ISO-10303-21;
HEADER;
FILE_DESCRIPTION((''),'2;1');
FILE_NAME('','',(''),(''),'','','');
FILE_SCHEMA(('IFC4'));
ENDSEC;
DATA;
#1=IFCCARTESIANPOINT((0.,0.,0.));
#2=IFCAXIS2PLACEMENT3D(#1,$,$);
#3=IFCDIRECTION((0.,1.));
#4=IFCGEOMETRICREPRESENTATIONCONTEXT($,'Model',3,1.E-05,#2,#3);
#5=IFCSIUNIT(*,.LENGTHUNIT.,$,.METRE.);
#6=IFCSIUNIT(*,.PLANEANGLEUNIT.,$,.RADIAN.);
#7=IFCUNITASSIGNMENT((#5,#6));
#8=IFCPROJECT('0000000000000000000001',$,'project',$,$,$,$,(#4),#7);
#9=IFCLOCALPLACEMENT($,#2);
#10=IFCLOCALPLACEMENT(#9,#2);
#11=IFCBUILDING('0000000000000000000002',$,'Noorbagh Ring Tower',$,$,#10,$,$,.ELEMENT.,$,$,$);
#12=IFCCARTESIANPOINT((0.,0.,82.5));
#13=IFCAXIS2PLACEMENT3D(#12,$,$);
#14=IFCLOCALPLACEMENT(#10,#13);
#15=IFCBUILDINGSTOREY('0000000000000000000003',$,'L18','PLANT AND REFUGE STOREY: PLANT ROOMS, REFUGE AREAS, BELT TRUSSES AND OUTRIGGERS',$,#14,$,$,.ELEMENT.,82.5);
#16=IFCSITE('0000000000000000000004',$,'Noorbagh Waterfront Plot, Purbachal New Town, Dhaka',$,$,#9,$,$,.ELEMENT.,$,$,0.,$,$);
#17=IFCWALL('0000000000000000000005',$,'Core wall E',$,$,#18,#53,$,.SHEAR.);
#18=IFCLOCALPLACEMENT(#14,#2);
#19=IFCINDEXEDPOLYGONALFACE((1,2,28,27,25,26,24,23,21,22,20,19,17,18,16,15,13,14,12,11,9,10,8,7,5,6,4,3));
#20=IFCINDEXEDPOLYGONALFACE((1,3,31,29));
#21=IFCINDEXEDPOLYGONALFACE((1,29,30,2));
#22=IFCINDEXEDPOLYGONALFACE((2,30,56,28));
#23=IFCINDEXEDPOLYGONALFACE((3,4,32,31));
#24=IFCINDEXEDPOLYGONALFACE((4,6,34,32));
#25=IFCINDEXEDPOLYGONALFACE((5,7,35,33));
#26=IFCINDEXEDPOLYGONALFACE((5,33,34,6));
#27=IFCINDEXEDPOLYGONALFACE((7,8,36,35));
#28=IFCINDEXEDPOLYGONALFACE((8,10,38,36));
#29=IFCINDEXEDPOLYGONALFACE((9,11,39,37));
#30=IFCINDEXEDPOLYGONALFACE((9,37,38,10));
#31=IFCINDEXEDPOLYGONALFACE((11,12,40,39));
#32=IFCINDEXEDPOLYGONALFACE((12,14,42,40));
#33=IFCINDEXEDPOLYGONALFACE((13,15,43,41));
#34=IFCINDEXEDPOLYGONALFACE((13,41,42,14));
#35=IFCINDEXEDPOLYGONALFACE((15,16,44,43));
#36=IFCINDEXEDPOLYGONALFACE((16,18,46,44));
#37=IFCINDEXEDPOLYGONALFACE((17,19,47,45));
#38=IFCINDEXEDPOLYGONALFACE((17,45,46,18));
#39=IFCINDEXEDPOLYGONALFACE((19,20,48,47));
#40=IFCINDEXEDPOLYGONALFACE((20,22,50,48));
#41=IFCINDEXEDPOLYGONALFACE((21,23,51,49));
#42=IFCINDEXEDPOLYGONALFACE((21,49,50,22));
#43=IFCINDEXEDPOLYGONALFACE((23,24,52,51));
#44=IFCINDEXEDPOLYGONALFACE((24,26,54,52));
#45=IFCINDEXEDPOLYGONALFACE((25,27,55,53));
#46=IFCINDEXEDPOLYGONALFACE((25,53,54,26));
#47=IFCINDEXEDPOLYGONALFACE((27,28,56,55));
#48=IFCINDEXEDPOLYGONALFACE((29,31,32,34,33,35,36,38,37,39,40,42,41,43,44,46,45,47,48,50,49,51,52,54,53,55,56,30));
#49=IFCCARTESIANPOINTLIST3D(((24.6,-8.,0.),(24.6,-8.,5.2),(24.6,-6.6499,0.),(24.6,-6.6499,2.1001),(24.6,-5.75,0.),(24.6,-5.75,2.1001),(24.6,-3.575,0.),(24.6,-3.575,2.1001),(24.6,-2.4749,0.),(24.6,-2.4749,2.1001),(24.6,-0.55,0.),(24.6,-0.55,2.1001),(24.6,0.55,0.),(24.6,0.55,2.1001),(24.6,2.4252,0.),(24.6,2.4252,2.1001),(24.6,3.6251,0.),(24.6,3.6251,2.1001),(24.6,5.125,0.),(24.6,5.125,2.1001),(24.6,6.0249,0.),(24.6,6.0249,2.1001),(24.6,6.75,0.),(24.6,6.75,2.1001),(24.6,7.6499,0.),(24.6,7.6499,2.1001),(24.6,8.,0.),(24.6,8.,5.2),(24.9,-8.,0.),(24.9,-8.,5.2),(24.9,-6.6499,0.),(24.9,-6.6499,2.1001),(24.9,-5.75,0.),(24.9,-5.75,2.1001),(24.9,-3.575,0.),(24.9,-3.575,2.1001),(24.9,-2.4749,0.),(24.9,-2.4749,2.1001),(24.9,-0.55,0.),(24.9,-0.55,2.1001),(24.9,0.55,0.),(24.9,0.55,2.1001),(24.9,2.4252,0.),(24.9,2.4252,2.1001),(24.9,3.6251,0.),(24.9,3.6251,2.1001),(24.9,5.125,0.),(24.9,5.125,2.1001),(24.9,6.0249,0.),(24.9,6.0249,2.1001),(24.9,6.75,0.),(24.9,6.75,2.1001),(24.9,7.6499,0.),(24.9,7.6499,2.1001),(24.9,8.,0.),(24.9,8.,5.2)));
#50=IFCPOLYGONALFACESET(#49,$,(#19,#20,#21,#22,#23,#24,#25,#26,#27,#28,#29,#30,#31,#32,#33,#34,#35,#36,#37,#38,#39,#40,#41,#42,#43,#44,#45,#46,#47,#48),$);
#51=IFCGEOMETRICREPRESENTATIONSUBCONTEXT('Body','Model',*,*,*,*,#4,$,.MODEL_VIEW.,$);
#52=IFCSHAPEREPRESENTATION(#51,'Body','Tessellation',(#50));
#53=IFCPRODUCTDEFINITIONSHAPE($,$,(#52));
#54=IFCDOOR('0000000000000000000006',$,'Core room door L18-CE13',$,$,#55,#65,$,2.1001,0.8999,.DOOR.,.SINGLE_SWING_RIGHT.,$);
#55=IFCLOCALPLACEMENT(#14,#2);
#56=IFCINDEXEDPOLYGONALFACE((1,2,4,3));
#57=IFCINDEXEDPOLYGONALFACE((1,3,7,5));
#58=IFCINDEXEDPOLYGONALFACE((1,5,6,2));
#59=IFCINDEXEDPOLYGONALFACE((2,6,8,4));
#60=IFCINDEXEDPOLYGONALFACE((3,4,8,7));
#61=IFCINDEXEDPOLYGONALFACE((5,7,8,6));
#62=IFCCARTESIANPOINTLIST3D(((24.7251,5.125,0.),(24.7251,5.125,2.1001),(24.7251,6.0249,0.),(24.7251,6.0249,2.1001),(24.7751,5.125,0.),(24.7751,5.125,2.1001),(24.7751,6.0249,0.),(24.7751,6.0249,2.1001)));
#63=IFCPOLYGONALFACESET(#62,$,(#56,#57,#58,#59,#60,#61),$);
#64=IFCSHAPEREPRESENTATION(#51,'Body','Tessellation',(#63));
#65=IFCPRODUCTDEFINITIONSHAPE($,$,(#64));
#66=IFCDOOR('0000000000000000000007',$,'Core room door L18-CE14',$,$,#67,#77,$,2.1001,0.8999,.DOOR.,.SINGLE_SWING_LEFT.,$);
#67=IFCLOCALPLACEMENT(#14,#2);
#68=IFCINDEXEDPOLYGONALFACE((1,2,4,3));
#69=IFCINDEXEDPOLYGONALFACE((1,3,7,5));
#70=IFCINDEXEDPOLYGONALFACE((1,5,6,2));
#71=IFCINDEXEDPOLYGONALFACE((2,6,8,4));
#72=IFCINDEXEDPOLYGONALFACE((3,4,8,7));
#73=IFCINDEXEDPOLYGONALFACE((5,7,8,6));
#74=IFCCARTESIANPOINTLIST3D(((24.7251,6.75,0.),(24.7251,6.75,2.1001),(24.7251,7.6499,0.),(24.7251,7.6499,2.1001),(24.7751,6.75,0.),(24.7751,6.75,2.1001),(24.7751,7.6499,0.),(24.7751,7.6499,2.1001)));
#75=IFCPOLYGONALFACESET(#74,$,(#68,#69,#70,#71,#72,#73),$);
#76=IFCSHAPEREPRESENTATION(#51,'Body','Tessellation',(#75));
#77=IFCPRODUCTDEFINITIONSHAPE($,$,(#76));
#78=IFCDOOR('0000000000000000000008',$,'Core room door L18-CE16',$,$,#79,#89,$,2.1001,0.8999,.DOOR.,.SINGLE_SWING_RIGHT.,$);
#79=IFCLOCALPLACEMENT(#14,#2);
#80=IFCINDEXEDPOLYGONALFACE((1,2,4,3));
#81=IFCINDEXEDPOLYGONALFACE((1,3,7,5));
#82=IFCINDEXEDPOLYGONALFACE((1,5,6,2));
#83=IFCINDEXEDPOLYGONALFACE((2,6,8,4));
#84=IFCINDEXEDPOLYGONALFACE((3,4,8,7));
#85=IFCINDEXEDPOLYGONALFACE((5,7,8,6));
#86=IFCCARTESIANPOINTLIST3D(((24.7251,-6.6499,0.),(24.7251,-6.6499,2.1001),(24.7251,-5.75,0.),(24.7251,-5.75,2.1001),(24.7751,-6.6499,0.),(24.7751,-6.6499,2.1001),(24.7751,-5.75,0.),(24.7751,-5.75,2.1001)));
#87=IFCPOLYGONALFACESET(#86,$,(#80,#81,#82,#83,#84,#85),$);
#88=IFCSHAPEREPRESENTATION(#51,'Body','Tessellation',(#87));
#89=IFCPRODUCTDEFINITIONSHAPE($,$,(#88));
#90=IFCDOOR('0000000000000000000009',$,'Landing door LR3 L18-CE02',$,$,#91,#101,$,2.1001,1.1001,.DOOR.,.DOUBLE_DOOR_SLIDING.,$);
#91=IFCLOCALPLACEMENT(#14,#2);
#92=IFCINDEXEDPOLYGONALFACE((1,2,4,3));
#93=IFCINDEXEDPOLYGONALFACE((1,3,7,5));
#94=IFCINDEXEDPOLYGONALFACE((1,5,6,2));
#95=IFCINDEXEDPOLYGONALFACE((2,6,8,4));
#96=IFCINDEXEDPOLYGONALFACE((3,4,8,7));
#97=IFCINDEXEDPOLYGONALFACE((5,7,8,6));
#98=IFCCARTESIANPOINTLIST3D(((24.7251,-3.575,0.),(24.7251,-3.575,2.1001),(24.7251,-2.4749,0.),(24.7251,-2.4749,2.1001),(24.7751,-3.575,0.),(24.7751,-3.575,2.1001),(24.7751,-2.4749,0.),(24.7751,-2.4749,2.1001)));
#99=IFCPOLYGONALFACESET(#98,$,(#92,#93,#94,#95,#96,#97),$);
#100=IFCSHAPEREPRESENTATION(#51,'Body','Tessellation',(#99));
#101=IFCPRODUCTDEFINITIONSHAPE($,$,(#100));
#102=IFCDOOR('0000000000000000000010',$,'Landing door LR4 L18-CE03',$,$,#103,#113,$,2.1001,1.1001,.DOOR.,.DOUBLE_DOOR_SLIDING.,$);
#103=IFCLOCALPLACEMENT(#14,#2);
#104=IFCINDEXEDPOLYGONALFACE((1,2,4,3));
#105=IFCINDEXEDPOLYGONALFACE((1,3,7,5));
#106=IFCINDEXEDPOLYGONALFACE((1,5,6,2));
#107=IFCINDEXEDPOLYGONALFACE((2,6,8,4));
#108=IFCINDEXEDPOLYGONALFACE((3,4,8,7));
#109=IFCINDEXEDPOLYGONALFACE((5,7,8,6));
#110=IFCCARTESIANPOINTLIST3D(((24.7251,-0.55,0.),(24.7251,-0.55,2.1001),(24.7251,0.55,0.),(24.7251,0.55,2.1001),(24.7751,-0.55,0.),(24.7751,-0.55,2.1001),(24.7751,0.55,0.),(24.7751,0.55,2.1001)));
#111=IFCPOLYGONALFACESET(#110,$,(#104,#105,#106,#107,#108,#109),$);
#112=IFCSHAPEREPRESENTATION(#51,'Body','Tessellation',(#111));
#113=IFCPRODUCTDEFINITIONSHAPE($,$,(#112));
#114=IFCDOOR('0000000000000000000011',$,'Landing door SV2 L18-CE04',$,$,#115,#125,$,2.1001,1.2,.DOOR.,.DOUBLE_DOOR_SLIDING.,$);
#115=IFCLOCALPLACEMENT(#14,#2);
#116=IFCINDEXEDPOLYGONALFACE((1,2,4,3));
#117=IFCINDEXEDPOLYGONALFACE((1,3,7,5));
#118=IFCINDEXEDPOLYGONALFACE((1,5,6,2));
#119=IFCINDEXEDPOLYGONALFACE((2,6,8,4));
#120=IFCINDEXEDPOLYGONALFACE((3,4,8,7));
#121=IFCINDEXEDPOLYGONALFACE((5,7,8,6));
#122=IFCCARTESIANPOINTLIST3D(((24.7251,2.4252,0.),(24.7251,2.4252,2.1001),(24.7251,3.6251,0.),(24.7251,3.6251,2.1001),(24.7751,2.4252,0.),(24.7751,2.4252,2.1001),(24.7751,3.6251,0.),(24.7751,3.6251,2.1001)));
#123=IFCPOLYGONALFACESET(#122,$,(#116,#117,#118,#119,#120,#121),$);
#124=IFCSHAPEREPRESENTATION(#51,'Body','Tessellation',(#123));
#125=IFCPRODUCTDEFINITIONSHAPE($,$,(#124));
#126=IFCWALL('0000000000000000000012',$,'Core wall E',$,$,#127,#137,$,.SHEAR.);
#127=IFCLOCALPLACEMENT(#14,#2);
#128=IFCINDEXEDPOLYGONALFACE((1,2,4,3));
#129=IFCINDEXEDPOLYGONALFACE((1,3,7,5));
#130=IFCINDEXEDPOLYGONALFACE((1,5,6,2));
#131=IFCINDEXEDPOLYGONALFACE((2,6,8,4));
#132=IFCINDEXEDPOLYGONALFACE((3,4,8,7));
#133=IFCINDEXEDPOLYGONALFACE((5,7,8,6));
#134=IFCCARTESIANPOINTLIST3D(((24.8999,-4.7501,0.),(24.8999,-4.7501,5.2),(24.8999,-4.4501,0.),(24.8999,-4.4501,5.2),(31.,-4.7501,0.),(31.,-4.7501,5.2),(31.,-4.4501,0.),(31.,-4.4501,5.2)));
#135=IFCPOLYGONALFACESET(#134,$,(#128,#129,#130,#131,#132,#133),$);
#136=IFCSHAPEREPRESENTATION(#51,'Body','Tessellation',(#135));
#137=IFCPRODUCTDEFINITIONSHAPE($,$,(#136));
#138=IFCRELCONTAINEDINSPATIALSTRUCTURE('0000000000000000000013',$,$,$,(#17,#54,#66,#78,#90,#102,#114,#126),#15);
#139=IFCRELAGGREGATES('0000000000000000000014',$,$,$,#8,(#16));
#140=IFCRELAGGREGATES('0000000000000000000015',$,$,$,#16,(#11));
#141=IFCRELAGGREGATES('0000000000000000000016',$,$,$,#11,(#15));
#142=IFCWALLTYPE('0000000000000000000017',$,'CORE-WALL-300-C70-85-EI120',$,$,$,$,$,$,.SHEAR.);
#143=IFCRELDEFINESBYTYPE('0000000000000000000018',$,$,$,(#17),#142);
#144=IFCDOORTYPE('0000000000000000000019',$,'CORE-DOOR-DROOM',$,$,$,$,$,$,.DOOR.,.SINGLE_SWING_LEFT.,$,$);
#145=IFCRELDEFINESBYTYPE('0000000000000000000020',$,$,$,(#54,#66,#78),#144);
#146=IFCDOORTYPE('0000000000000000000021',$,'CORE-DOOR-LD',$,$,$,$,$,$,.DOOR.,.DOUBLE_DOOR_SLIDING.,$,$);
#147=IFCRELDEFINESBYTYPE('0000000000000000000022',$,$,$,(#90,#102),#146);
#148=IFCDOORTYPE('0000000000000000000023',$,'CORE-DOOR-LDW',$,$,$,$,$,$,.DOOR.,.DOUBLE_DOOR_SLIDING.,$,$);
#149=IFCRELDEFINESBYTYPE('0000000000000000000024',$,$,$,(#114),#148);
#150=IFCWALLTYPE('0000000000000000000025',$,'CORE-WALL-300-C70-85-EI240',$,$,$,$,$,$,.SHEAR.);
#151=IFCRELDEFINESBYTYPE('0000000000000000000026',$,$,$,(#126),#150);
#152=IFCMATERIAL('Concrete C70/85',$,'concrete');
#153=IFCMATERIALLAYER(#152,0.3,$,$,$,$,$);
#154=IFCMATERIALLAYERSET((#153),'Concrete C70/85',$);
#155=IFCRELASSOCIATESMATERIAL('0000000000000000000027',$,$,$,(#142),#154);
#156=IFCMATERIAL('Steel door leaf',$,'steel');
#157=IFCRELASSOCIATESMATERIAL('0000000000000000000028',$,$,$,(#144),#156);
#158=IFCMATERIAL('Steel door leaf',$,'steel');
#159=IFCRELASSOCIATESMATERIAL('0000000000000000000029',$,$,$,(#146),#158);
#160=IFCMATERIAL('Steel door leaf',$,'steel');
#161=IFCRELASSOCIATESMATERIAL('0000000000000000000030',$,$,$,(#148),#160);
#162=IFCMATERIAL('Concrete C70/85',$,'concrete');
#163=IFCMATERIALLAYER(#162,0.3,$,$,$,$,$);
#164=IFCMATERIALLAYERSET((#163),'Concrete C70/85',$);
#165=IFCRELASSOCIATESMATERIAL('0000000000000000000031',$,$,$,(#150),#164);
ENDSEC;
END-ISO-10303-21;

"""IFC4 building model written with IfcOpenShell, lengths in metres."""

from ifc_helpers import new_model, si_unit, direction, frame, frame_2d, origin, place, context, subcontext, project, spatial, rectangle, extrude, material, layer, layer_set, type_object, element, fill, save


model = new_model("IFC4")

# Units and contexts
model_context = context("Model", 3, precision=1e-05, world=origin(), true_north=direction((0.0, 1.0)))
body_context = subcontext(model_context, "Body", "Model", "MODEL_VIEW")
ifc_project = project(units=[si_unit("LENGTHUNIT", "METRE"), si_unit("PLANEANGLEUNIT", "RADIAN")], contexts=[model_context])

# Site, building, storey
site_placement = place(None, origin())
site = spatial("IfcSite", under=ifc_project, at=site_placement, Name="Noorbagh Waterfront Plot, Purbachal New Town, Dhaka", CompositionType="ELEMENT", RefElevation=0.0)
building_placement = place(site_placement, origin())
building = spatial("IfcBuilding", under=site, at=building_placement, Name="Noorbagh Ring Tower", CompositionType="ELEMENT")
storey_placement = place(building_placement, frame((0.0, 0.0, 82.5)))
storey = spatial("IfcBuildingStorey", under=building, at=storey_placement, Name="L18", Description="PLANT AND REFUGE STOREY: PLANT ROOMS, REFUGE AREAS, BELT TRUSSES AND OUTRIGGERS", CompositionType="ELEMENT", Elevation=82.5)

# Shared definitions
ifc_material_1 = material(Name="Concrete C70/85", Category="concrete")
ifc_layer_1 = layer(ifc_material_1, 0.3)
ifc_layer_set_1 = layer_set([ifc_layer_1], Name="Concrete C70/85")
wall_type_1 = type_object("IfcWallType", Name="CORE-WALL-300-C70-85-EI120", PredefinedType="SHEAR", material=ifc_layer_set_1)

# Wall, openings, doors
wall_1_placement = place(storey_placement, frame((24.75, -8.0, 0.0), z_axis=(0.0, 0.0, 1.0), x_axis=(0.0, 1.0, 0.0)))
wall_1 = element("IfcWall", 1, at=wall_1_placement, inside=storey, type_object=wall_type_1, Name="Core wall E", PredefinedType="SHEAR", context=body_context, shape_type="SweptSolid", body=[
    extrude(rectangle(XDim=16.0, YDim=0.3, at=frame_2d((8.0, 0.0))), origin(), (0.0, 0.0, 1.0), 5.2),
])
opening_1_placement = place(wall_1_placement, frame((4.425, 0.0, 0.0)))
opening_1 = element("IfcOpeningElement", 2, at=opening_1_placement, cuts=wall_1, PredefinedType="OPENING", context=body_context, shape_type="SweptSolid", body=[
    extrude(rectangle(XDim=1.1001, YDim=2.1001, at=frame_2d((0.55, 1.05))), frame((0.0, 0.1602, 0.0), z_axis=(0.0, -1.0, 0.0), x_axis=(1.0, 0.0, 0.0)), (0.0, 0.0, 1.0), 0.3201),
])
opening_2_placement = place(wall_1_placement, frame((7.45, 0.0, 0.0)))
opening_2 = element("IfcOpeningElement", 3, at=opening_2_placement, cuts=wall_1, PredefinedType="OPENING", context=body_context, shape_type="SweptSolid", body=[
    extrude(rectangle(XDim=1.1001, YDim=2.1001, at=frame_2d((0.55, 1.05))), frame((0.0, 0.1602, 0.0), z_axis=(0.0, -1.0, 0.0), x_axis=(1.0, 0.0, 0.0)), (0.0, 0.0, 1.0), 0.3201),
])
opening_3_placement = place(wall_1_placement, frame((10.425, 0.0, 0.0)))
opening_3 = element("IfcOpeningElement", 4, at=opening_3_placement, cuts=wall_1, PredefinedType="OPENING", context=body_context, shape_type="SweptSolid", body=[
    extrude(rectangle(XDim=1.2, YDim=2.1001, at=frame_2d((0.6001, 1.05))), frame((0.0, 0.1602, 0.0), z_axis=(0.0, -1.0, 0.0), x_axis=(1.0, 0.0, 0.0)), (0.0, 0.0, 1.0), 0.3201),
])
opening_4_placement = place(wall_1_placement, frame((13.125, 0.0, 0.0)))
opening_4 = element("IfcOpeningElement", 5, at=opening_4_placement, cuts=wall_1, PredefinedType="OPENING", context=body_context, shape_type="SweptSolid", body=[
    extrude(rectangle(XDim=0.8999, YDim=2.1001, at=frame_2d((0.45, 1.05))), frame((0.0, 0.1602, 0.0), z_axis=(0.0, -1.0, 0.0), x_axis=(1.0, 0.0, 0.0)), (0.0, 0.0, 1.0), 0.3201),
])
opening_5_placement = place(wall_1_placement, frame((14.75, 0.0, 0.0)))
opening_5 = element("IfcOpeningElement", 6, at=opening_5_placement, cuts=wall_1, PredefinedType="OPENING", context=body_context, shape_type="SweptSolid", body=[
    extrude(rectangle(XDim=0.8999, YDim=2.1001, at=frame_2d((0.45, 1.05))), frame((0.0, 0.1602, 0.0), z_axis=(0.0, -1.0, 0.0), x_axis=(1.0, 0.0, 0.0)), (0.0, 0.0, 1.0), 0.3201),
])
opening_6_placement = place(wall_1_placement, frame((1.3501, 0.0, 0.0)))
opening_6 = element("IfcOpeningElement", 7, at=opening_6_placement, cuts=wall_1, PredefinedType="OPENING", context=body_context, shape_type="SweptSolid", body=[
    extrude(rectangle(XDim=0.8999, YDim=2.1001, at=frame_2d((0.45, 1.05))), frame((0.0, 0.1602, 0.0), z_axis=(0.0, -1.0, 0.0), x_axis=(1.0, 0.0, 0.0)), (0.0, 0.0, 1.0), 0.3201),
])
ifc_material_2 = material(Name="Steel door leaf", Category="steel")
door_type_1 = type_object("IfcDoorType", Name="CORE-DOOR-DROOM", OperationType="SINGLE_SWING_LEFT", PredefinedType="DOOR", material=ifc_material_2)
door_1_placement = place(opening_4_placement, origin())
door_1 = element("IfcDoor", 8, at=door_1_placement, inside=storey, type_object=door_type_1, Name="Core room door L18-CE13", OperationType="SINGLE_SWING_RIGHT", OverallHeight=2.1001, OverallWidth=0.8999, PredefinedType="DOOR", context=body_context, shape_type="SweptSolid", body=[
    extrude(rectangle(XDim=0.8999, YDim=2.1001, at=frame_2d((0.45, 1.05))), frame((0.0, 0.0249, 0.0), z_axis=(0.0, -1.0, 0.0), x_axis=(1.0, 0.0, 0.0)), (0.0, 0.0, 1.0), 0.05),
])
fill(opening_4, door_1)
door_2_placement = place(opening_5_placement, origin())
door_2 = element("IfcDoor", 9, at=door_2_placement, inside=storey, type_object=door_type_1, Name="Core room door L18-CE14", OperationType="SINGLE_SWING_LEFT", OverallHeight=2.1001, OverallWidth=0.8999, PredefinedType="DOOR", context=body_context, shape_type="SweptSolid", body=[
    extrude(rectangle(XDim=0.8999, YDim=2.1001, at=frame_2d((0.45, 1.05))), frame((0.0, 0.0249, 0.0), z_axis=(0.0, -1.0, 0.0), x_axis=(1.0, 0.0, 0.0)), (0.0, 0.0, 1.0), 0.05),
])
fill(opening_5, door_2)
door_3_placement = place(opening_6_placement, origin())
door_3 = element("IfcDoor", 10, at=door_3_placement, inside=storey, type_object=door_type_1, Name="Core room door L18-CE16", OperationType="SINGLE_SWING_RIGHT", OverallHeight=2.1001, OverallWidth=0.8999, PredefinedType="DOOR", context=body_context, shape_type="SweptSolid", body=[
    extrude(rectangle(XDim=0.8999, YDim=2.1001, at=frame_2d((0.45, 1.05))), frame((0.0, 0.0249, 0.0), z_axis=(0.0, -1.0, 0.0), x_axis=(1.0, 0.0, 0.0)), (0.0, 0.0, 1.0), 0.05),
])
fill(opening_6, door_3)
ifc_material_3 = material(Name="Steel door leaf", Category="steel")
door_type_2 = type_object("IfcDoorType", Name="CORE-DOOR-LD", OperationType="DOUBLE_DOOR_SLIDING", PredefinedType="DOOR", material=ifc_material_3)
door_4_placement = place(opening_1_placement, origin())
door_4 = element("IfcDoor", 11, at=door_4_placement, inside=storey, type_object=door_type_2, Name="Landing door LR3 L18-CE02", OperationType="DOUBLE_DOOR_SLIDING", OverallHeight=2.1001, OverallWidth=1.1001, PredefinedType="DOOR", context=body_context, shape_type="SweptSolid", body=[
    extrude(rectangle(XDim=1.1001, YDim=2.1001, at=frame_2d((0.55, 1.05))), frame((0.0, 0.0249, 0.0), z_axis=(0.0, -1.0, 0.0), x_axis=(1.0, 0.0, 0.0)), (0.0, 0.0, 1.0), 0.05),
])
fill(opening_1, door_4)
door_5_placement = place(opening_2_placement, origin())
door_5 = element("IfcDoor", 12, at=door_5_placement, inside=storey, type_object=door_type_2, Name="Landing door LR4 L18-CE03", OperationType="DOUBLE_DOOR_SLIDING", OverallHeight=2.1001, OverallWidth=1.1001, PredefinedType="DOOR", context=body_context, shape_type="SweptSolid", body=[
    extrude(rectangle(XDim=1.1001, YDim=2.1001, at=frame_2d((0.55, 1.05))), frame((0.0, 0.0249, 0.0), z_axis=(0.0, -1.0, 0.0), x_axis=(1.0, 0.0, 0.0)), (0.0, 0.0, 1.0), 0.05),
])
fill(opening_2, door_5)
ifc_material_4 = material(Name="Steel door leaf", Category="steel")
door_type_3 = type_object("IfcDoorType", Name="CORE-DOOR-LDW", OperationType="DOUBLE_DOOR_SLIDING", PredefinedType="DOOR", material=ifc_material_4)
door_6_placement = place(opening_3_placement, origin())
door_6 = element("IfcDoor", 13, at=door_6_placement, inside=storey, type_object=door_type_3, Name="Landing door SV2 L18-CE04", OperationType="DOUBLE_DOOR_SLIDING", OverallHeight=2.1001, OverallWidth=1.2, PredefinedType="DOOR", context=body_context, shape_type="SweptSolid", body=[
    extrude(rectangle(XDim=1.2, YDim=2.1001, at=frame_2d((0.6001, 1.05))), frame((0.0, 0.0249, 0.0), z_axis=(0.0, -1.0, 0.0), x_axis=(1.0, 0.0, 0.0)), (0.0, 0.0, 1.0), 0.05),
])
fill(opening_3, door_6)

# Wall
ifc_material_5 = material(Name="Concrete C70/85", Category="concrete")
ifc_layer_2 = layer(ifc_material_5, 0.3)
ifc_layer_set_2 = layer_set([ifc_layer_2], Name="Concrete C70/85")
wall_type_2 = type_object("IfcWallType", Name="CORE-WALL-300-C70-85-EI240", PredefinedType="SHEAR", material=ifc_layer_set_2)
wall_2_placement = place(storey_placement, frame((24.8999, -4.6001, 0.0), z_axis=(0.0, 0.0, 1.0), x_axis=(1.0, 0.0, 0.0)))
element("IfcWall", 14, at=wall_2_placement, inside=storey, type_object=wall_type_2, Name="Core wall E", PredefinedType="SHEAR", context=body_context, shape_type="SweptSolid", body=[
    extrude(rectangle(XDim=6.1001, YDim=0.3, at=frame_2d((3.05, 0.0))), origin(), (0.0, 0.0, 1.0), 5.2),
])

save(model, "model.ifc")
